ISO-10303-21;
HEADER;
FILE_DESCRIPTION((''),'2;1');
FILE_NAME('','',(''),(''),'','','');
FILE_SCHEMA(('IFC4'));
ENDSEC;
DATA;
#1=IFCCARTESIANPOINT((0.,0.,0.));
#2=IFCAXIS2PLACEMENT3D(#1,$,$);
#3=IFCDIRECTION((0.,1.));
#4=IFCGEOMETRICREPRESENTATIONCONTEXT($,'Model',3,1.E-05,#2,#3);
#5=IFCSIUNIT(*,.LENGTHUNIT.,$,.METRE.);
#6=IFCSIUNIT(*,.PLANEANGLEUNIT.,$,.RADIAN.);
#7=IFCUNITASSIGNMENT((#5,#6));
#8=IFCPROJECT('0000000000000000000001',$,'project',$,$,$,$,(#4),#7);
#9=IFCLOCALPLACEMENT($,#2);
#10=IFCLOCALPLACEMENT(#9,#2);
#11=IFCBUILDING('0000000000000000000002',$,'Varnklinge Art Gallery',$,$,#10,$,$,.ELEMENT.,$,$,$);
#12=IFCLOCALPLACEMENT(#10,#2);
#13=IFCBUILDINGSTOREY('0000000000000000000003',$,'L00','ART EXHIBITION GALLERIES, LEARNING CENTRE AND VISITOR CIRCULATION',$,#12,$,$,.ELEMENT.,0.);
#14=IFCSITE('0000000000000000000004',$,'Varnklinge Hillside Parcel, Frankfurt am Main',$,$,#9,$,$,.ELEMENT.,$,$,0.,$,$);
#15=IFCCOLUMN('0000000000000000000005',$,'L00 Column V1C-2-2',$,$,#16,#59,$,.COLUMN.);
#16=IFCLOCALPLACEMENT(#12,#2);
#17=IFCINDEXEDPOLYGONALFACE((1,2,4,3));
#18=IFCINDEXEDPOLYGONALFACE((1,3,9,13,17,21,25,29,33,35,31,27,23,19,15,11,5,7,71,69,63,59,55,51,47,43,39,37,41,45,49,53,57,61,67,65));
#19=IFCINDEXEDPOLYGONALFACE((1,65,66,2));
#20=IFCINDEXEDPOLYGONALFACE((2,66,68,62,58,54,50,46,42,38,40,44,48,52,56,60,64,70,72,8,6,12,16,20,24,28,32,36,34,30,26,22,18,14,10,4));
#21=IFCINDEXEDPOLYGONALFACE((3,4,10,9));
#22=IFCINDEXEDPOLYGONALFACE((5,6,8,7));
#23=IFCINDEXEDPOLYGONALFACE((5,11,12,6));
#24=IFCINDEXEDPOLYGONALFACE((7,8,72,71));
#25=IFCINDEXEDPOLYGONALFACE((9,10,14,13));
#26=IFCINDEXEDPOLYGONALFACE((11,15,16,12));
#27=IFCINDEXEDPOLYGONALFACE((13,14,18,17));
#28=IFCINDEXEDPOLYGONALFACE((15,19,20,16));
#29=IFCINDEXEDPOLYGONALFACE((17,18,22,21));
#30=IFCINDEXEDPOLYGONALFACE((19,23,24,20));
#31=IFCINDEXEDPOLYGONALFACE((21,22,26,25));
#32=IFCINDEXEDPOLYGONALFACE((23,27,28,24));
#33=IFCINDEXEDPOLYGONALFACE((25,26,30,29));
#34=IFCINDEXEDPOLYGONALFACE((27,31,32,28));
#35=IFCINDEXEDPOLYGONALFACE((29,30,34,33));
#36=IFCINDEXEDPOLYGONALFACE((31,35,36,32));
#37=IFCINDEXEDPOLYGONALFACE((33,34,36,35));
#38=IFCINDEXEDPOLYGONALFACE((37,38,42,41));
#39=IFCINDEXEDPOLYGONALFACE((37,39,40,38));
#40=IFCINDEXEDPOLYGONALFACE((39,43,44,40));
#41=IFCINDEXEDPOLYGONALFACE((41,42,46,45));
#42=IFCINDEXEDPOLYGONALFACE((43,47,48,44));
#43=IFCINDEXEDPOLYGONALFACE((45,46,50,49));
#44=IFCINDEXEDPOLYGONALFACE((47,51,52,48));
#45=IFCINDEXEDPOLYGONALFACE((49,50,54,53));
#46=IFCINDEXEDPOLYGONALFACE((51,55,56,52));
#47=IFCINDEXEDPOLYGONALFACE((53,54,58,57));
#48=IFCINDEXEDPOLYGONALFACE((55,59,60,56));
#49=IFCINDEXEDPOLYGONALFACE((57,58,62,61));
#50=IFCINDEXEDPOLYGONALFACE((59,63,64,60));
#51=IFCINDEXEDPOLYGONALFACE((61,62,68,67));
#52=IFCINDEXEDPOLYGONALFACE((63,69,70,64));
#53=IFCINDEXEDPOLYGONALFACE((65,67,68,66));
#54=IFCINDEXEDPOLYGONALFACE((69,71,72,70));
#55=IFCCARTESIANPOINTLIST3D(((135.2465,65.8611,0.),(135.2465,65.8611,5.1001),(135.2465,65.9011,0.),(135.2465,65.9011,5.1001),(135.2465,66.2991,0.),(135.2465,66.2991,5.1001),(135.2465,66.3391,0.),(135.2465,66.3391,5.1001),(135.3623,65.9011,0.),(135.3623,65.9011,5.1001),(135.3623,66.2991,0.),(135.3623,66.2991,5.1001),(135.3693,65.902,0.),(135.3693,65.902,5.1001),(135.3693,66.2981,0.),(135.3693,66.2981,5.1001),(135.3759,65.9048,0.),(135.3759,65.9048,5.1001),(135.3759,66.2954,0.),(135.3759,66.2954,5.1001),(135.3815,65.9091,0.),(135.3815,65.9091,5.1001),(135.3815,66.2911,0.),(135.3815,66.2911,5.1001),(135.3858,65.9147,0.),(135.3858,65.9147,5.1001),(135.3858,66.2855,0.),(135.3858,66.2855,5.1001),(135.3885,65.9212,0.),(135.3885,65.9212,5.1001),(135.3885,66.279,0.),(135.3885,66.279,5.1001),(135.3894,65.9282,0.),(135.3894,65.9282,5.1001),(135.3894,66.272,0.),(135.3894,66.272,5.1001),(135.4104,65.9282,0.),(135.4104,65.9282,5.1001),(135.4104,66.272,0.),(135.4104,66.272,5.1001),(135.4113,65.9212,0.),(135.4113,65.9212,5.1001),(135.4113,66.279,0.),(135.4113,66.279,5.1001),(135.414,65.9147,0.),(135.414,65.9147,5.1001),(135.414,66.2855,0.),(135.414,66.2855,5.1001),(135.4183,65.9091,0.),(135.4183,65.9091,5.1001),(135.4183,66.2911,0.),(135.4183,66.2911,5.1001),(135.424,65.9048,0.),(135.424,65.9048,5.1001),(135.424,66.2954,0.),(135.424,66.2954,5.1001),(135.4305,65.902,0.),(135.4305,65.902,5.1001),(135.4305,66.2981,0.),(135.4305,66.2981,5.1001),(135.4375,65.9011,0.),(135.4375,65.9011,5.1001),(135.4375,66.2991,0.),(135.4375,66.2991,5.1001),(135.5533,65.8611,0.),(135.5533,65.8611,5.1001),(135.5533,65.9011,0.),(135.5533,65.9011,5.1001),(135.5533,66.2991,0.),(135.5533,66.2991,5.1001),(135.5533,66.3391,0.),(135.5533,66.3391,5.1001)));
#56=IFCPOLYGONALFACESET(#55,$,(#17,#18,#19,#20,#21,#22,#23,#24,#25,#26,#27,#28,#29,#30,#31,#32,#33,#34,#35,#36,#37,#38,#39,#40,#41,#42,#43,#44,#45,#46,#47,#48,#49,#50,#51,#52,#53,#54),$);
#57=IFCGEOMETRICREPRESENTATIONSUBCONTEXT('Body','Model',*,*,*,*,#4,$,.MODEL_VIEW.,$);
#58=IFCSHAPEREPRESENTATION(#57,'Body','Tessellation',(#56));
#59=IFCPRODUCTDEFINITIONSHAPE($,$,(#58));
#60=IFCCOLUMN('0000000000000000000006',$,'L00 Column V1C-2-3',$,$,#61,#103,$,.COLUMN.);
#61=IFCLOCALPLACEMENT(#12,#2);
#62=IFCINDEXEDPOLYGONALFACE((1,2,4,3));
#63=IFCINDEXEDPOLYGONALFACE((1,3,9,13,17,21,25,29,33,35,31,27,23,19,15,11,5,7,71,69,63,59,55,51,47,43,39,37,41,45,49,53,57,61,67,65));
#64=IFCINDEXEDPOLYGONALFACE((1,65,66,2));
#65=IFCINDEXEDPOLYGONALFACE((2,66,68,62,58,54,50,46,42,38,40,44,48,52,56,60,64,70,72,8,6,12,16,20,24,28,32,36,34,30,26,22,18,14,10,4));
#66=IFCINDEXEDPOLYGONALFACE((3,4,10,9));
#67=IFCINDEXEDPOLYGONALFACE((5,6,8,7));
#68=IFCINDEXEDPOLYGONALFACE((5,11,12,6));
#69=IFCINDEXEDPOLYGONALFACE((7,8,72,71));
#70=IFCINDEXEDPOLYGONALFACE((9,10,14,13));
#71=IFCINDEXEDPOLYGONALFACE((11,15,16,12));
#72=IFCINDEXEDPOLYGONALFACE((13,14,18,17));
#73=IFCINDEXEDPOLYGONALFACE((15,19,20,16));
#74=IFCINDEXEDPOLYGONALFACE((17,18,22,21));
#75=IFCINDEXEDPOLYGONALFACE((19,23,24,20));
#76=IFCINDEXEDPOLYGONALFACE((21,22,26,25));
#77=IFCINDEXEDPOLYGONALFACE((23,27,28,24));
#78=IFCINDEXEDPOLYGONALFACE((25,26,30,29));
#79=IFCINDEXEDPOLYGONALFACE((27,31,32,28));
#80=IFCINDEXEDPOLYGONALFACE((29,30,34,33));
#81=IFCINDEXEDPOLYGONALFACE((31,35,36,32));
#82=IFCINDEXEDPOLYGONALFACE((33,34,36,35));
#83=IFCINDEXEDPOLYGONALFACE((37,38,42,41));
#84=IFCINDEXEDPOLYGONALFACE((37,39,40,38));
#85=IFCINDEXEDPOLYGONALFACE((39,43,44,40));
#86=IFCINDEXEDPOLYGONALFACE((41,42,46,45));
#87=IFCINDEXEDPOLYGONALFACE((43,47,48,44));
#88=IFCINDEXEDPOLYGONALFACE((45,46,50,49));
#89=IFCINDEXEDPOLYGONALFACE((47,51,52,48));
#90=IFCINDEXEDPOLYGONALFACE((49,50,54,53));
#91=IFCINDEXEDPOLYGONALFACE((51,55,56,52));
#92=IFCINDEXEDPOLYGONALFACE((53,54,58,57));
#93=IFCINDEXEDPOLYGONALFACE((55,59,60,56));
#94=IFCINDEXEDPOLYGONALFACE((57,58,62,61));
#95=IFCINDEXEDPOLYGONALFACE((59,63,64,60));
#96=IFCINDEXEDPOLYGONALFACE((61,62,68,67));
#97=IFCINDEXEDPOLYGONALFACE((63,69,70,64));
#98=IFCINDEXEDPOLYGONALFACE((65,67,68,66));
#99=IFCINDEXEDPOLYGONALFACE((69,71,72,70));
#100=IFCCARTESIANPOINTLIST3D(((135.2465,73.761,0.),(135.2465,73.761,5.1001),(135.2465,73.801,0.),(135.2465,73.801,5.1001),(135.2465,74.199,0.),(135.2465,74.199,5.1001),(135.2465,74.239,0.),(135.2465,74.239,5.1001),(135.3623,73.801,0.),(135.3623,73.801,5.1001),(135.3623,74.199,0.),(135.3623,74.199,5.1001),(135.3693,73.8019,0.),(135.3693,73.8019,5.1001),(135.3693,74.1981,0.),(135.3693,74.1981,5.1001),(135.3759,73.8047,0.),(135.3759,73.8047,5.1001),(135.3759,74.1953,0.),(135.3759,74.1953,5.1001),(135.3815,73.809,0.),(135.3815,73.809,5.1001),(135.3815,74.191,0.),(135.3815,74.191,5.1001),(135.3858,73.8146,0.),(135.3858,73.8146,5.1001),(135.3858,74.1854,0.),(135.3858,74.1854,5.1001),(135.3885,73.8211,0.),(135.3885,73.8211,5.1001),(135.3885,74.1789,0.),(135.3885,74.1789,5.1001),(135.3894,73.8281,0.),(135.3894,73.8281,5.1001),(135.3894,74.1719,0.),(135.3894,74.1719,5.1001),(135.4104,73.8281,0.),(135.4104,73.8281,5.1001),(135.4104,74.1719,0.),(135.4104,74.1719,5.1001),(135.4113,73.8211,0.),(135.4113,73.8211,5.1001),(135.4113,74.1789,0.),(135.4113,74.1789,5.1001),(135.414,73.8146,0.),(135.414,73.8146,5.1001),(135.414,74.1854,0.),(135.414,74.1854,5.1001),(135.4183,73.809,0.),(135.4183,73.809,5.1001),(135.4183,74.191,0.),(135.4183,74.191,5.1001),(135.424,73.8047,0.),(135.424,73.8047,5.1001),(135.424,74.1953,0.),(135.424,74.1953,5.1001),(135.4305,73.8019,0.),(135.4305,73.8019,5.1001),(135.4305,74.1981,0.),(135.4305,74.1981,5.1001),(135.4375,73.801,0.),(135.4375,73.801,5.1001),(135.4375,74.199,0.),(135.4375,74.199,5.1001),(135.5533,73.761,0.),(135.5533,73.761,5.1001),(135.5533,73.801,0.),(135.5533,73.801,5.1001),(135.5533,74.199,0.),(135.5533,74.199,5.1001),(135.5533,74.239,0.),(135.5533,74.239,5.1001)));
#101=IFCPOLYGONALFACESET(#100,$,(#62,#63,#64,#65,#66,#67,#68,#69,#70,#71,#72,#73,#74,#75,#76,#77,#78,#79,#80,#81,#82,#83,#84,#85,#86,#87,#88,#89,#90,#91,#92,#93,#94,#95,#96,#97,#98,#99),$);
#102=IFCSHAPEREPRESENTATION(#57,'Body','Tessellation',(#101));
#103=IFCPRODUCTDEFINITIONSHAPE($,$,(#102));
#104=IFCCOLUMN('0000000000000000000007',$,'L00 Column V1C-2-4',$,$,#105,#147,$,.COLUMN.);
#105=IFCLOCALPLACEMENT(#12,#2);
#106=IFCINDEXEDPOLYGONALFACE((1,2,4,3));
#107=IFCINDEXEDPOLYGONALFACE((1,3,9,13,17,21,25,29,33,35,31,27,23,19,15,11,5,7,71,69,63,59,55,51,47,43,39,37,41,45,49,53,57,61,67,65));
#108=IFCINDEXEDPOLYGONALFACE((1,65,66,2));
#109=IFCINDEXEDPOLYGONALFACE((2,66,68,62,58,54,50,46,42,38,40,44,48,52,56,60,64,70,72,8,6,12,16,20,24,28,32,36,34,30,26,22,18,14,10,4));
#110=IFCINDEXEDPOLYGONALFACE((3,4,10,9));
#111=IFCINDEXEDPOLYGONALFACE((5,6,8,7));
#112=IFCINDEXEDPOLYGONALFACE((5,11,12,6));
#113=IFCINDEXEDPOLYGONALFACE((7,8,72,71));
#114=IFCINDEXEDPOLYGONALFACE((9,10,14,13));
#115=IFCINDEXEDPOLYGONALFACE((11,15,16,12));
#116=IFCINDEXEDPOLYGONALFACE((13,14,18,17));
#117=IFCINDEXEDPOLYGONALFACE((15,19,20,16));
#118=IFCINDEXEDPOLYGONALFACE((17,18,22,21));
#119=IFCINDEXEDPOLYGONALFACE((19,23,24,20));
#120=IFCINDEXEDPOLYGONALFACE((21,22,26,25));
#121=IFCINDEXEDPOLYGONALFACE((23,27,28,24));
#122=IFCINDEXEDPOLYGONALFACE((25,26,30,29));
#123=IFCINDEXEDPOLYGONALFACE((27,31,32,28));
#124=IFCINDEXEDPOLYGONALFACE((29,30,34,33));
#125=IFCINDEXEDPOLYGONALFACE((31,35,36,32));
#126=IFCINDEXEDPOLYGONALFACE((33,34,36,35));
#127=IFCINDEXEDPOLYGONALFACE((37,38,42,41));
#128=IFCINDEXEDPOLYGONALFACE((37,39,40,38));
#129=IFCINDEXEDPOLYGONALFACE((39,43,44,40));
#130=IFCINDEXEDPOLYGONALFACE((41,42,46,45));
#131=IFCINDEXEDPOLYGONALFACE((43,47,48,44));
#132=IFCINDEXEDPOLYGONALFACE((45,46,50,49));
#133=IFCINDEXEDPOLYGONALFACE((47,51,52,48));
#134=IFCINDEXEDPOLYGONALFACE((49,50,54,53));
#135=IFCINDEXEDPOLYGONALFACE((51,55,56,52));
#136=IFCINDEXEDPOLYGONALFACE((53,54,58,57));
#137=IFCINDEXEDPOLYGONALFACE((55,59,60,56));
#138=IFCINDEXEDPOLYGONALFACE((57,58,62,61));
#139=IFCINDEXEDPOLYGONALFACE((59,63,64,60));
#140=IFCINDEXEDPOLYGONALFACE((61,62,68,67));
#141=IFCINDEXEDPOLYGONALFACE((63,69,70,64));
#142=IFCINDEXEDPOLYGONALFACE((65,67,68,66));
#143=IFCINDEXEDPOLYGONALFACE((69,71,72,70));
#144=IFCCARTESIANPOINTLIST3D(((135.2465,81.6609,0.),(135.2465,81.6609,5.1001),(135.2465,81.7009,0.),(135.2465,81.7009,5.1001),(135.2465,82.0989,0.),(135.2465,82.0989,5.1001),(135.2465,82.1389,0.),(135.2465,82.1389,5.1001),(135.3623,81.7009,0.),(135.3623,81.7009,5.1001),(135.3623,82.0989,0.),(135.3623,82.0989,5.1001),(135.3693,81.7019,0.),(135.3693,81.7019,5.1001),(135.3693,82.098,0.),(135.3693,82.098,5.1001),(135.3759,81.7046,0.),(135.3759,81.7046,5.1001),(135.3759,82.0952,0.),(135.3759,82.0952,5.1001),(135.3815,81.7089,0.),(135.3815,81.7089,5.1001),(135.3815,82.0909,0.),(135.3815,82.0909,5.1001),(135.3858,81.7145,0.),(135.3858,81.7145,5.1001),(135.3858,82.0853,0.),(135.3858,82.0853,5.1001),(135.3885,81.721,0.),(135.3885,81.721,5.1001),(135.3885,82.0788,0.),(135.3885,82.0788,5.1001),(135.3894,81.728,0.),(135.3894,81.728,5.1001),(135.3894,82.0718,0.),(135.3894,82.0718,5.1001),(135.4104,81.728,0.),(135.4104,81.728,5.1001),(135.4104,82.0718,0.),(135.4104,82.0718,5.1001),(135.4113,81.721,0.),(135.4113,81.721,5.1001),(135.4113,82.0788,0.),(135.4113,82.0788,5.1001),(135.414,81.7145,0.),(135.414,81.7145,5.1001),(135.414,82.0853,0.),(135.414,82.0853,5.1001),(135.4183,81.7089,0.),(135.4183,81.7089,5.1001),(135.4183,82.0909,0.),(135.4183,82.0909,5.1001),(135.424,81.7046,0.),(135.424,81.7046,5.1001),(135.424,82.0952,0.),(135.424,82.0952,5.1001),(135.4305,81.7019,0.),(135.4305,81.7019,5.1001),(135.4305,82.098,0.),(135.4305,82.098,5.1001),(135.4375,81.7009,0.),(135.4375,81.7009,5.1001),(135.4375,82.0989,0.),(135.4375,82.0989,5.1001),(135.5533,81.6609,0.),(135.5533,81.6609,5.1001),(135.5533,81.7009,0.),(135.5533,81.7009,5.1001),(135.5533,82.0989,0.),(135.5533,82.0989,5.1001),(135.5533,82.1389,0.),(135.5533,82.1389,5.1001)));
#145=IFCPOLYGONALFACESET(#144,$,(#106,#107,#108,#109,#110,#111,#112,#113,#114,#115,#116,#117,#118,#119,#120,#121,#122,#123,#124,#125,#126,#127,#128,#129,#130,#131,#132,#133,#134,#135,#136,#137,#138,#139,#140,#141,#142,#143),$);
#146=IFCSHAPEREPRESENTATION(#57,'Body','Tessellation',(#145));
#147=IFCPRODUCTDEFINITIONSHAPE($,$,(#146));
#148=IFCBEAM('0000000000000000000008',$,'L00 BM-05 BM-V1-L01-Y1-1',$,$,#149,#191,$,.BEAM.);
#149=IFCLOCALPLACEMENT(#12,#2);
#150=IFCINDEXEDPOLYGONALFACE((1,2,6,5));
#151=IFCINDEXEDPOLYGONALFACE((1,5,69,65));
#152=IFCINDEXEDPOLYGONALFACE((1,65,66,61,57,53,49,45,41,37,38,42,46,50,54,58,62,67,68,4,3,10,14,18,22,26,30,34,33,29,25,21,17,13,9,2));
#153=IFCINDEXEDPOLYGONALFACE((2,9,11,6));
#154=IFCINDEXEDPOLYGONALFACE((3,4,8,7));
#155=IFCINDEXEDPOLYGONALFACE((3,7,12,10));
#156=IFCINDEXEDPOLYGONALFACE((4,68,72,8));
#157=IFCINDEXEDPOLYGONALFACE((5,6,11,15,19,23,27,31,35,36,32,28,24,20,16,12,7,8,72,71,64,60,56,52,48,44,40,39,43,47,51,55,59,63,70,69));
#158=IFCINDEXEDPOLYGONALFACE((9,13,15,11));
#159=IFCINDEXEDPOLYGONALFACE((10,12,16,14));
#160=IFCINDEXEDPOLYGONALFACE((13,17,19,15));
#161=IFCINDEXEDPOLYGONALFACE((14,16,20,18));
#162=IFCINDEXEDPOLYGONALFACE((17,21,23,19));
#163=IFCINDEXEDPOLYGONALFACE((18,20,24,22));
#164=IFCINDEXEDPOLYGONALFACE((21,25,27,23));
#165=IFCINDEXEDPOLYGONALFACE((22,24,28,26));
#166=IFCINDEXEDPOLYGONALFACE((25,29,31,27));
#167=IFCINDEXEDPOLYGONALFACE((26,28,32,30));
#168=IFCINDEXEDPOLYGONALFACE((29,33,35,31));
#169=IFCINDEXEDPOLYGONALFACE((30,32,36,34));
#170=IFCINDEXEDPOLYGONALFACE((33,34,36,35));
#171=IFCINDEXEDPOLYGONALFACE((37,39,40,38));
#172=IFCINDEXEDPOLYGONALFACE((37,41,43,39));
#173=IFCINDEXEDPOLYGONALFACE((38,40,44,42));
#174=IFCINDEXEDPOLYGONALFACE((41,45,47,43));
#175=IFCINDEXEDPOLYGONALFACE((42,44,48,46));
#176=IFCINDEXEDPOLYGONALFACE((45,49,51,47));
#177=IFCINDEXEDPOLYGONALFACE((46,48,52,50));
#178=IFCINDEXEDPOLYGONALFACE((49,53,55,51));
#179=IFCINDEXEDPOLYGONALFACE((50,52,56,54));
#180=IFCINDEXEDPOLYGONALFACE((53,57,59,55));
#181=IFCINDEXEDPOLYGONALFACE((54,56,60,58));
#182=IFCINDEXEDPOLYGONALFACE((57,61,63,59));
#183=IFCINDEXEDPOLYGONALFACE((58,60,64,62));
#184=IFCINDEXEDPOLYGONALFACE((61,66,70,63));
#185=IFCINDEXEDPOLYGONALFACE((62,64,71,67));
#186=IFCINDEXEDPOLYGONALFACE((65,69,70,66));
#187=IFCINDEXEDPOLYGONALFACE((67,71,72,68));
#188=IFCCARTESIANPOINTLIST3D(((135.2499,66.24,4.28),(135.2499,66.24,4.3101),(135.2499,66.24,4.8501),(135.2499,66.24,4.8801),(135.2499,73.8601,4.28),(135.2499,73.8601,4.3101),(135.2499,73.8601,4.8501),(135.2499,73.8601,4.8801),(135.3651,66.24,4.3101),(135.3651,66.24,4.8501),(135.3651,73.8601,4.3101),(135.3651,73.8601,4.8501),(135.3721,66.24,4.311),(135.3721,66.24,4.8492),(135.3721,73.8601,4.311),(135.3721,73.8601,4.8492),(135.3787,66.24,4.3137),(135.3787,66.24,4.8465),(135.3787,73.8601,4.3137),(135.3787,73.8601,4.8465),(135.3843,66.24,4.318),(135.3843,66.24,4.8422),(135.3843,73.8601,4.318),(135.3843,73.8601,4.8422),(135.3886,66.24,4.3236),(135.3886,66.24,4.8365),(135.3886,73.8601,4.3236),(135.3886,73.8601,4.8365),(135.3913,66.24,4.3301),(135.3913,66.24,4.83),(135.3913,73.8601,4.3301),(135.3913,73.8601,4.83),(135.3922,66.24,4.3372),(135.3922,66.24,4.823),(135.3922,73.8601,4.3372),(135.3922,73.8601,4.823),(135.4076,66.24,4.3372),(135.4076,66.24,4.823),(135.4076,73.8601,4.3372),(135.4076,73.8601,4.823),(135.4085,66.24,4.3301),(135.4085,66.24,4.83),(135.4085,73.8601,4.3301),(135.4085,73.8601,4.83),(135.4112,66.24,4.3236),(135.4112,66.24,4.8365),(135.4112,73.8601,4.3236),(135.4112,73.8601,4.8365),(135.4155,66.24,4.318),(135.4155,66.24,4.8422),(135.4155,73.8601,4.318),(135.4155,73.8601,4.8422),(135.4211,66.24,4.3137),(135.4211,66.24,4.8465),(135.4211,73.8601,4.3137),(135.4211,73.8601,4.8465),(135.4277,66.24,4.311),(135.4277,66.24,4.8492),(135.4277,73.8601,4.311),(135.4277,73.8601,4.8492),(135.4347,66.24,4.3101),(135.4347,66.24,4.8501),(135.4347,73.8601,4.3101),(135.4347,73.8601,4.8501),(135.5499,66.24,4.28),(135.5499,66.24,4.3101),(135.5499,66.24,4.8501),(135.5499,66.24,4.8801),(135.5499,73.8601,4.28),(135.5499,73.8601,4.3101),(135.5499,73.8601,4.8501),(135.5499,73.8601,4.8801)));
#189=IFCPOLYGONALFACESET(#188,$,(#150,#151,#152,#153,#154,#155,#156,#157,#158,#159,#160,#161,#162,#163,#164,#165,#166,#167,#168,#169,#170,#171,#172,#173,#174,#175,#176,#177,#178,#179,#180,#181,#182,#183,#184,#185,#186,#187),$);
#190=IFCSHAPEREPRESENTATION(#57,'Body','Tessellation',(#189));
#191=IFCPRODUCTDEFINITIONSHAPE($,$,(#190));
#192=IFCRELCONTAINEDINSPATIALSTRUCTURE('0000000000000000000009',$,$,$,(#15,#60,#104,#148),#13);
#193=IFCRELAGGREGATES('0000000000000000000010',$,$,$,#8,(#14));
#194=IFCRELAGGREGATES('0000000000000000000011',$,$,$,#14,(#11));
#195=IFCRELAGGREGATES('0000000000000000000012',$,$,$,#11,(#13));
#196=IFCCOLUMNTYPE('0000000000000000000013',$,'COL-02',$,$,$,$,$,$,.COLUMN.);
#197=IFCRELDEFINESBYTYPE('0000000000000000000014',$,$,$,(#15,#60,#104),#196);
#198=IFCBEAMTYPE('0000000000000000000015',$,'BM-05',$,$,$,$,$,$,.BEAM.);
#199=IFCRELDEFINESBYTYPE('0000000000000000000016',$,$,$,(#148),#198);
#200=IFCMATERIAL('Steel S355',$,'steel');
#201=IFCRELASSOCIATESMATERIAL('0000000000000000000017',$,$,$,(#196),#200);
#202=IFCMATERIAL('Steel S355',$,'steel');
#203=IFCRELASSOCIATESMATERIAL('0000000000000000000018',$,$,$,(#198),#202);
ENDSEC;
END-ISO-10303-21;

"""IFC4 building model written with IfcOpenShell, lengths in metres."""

from ifc_helpers import new_model, si_unit, direction, frame, origin, origin_2d, place, context, subcontext, project, spatial, i_section, extrude, material, material_profile, profile_set, type_object, element, save


model = new_model("IFC4")

# Units and contexts
model_context = context("Model", 3, precision=1e-05, world=origin(), true_north=direction((0.0, 1.0)))
body_context = subcontext(model_context, "Body", "Model", "MODEL_VIEW")
ifc_project = project(units=[si_unit("LENGTHUNIT", "METRE"), si_unit("PLANEANGLEUNIT", "RADIAN")], contexts=[model_context])

# Site, building, storey
site_placement = place(None, origin())
site = spatial("IfcSite", under=ifc_project, at=site_placement, Name="Varnklinge Hillside Parcel, Frankfurt am Main", CompositionType="ELEMENT", RefElevation=0.0)
building_placement = place(site_placement, origin())
building = spatial("IfcBuilding", under=site, at=building_placement, Name="Varnklinge Art Gallery", CompositionType="ELEMENT")
storey_placement = place(building_placement, origin())
storey = spatial("IfcBuildingStorey", under=building, at=storey_placement, Name="L00", Description="ART EXHIBITION GALLERIES, LEARNING CENTRE AND VISITOR CIRCULATION", CompositionType="ELEMENT", Elevation=0.0)

# Columns
ifc_material_1 = material(Name="Steel S355", Category="steel")
ifc_material_profile_1 = material_profile(ifc_material_1, i_section(OverallWidth=0.3069, OverallDepth=0.478, WebThickness=0.021, FlangeThickness=0.04, FilletRadius=0.0271, at=origin_2d()), Name="HEM 450")
ifc_profile_set_1 = profile_set([ifc_material_profile_1], Name="Steel S355")
column_type = type_object("IfcColumnType", Name="COL-02", PredefinedType="COLUMN", material=ifc_profile_set_1)
for number, where, z_axis, x_axis, name in (
    (1, (135.3999, 66.1001, 0.0), (0.0, 0.0, 1.0), (1.0, 0.0, 0.0), "L00 Column V1C-2-2"),
    (2, (135.3999, 74.0, 0.0), (0.0, 0.0, 1.0), (1.0, 0.0, 0.0), "L00 Column V1C-2-3"),
    (3, (135.3999, 81.8999, 0.0), (0.0, 0.0, 1.0), (1.0, 0.0, 0.0), "L00 Column V1C-2-4"),
):
    element("IfcColumn", number, at=place(storey_placement, frame(where, z_axis=z_axis, x_axis=x_axis)), inside=storey, type_object=column_type, Name=name, PredefinedType="COLUMN", context=body_context, shape_type="SweptSolid", body=[
        extrude(i_section(OverallWidth=0.3069, OverallDepth=0.478, WebThickness=0.021, FlangeThickness=0.04, FilletRadius=0.0271, at=origin_2d()), origin(), (0.0, 0.0, 1.0), 5.1001),
    ])

# Beam
ifc_material_2 = material(Name="Steel S355", Category="steel")
ifc_material_profile_2 = material_profile(ifc_material_2, i_section(OverallWidth=0.3, OverallDepth=0.6001, WebThickness=0.0154, FlangeThickness=0.03, FilletRadius=0.0271, at=origin_2d()), Name="HEB 600")
ifc_profile_set_2 = profile_set([ifc_material_profile_2], Name="Steel S355")
beam_type_1 = type_object("IfcBeamType", Name="BM-05", PredefinedType="BEAM", material=ifc_profile_set_2)
for number, where, z_axis, x_axis, name in (
    (4, (135.3999, 66.24, 4.5801), (0.0, 1.0, 0.0), (-1.0, 0.0, 0.0), "L00 BM-05 BM-V1-L01-Y1-1"),
):
    element("IfcBeam", number, at=place(storey_placement, frame(where, z_axis=z_axis, x_axis=x_axis)), inside=storey, type_object=beam_type_1, Name=name, PredefinedType="BEAM", context=body_context, shape_type="SweptSolid", body=[
        extrude(i_section(OverallWidth=0.3, OverallDepth=0.6001, WebThickness=0.0154, FlangeThickness=0.03, FilletRadius=0.0271, at=origin_2d()), origin(), (0.0, 0.0, 1.0), 7.6201),
    ])

save(model, "model.ifc")
